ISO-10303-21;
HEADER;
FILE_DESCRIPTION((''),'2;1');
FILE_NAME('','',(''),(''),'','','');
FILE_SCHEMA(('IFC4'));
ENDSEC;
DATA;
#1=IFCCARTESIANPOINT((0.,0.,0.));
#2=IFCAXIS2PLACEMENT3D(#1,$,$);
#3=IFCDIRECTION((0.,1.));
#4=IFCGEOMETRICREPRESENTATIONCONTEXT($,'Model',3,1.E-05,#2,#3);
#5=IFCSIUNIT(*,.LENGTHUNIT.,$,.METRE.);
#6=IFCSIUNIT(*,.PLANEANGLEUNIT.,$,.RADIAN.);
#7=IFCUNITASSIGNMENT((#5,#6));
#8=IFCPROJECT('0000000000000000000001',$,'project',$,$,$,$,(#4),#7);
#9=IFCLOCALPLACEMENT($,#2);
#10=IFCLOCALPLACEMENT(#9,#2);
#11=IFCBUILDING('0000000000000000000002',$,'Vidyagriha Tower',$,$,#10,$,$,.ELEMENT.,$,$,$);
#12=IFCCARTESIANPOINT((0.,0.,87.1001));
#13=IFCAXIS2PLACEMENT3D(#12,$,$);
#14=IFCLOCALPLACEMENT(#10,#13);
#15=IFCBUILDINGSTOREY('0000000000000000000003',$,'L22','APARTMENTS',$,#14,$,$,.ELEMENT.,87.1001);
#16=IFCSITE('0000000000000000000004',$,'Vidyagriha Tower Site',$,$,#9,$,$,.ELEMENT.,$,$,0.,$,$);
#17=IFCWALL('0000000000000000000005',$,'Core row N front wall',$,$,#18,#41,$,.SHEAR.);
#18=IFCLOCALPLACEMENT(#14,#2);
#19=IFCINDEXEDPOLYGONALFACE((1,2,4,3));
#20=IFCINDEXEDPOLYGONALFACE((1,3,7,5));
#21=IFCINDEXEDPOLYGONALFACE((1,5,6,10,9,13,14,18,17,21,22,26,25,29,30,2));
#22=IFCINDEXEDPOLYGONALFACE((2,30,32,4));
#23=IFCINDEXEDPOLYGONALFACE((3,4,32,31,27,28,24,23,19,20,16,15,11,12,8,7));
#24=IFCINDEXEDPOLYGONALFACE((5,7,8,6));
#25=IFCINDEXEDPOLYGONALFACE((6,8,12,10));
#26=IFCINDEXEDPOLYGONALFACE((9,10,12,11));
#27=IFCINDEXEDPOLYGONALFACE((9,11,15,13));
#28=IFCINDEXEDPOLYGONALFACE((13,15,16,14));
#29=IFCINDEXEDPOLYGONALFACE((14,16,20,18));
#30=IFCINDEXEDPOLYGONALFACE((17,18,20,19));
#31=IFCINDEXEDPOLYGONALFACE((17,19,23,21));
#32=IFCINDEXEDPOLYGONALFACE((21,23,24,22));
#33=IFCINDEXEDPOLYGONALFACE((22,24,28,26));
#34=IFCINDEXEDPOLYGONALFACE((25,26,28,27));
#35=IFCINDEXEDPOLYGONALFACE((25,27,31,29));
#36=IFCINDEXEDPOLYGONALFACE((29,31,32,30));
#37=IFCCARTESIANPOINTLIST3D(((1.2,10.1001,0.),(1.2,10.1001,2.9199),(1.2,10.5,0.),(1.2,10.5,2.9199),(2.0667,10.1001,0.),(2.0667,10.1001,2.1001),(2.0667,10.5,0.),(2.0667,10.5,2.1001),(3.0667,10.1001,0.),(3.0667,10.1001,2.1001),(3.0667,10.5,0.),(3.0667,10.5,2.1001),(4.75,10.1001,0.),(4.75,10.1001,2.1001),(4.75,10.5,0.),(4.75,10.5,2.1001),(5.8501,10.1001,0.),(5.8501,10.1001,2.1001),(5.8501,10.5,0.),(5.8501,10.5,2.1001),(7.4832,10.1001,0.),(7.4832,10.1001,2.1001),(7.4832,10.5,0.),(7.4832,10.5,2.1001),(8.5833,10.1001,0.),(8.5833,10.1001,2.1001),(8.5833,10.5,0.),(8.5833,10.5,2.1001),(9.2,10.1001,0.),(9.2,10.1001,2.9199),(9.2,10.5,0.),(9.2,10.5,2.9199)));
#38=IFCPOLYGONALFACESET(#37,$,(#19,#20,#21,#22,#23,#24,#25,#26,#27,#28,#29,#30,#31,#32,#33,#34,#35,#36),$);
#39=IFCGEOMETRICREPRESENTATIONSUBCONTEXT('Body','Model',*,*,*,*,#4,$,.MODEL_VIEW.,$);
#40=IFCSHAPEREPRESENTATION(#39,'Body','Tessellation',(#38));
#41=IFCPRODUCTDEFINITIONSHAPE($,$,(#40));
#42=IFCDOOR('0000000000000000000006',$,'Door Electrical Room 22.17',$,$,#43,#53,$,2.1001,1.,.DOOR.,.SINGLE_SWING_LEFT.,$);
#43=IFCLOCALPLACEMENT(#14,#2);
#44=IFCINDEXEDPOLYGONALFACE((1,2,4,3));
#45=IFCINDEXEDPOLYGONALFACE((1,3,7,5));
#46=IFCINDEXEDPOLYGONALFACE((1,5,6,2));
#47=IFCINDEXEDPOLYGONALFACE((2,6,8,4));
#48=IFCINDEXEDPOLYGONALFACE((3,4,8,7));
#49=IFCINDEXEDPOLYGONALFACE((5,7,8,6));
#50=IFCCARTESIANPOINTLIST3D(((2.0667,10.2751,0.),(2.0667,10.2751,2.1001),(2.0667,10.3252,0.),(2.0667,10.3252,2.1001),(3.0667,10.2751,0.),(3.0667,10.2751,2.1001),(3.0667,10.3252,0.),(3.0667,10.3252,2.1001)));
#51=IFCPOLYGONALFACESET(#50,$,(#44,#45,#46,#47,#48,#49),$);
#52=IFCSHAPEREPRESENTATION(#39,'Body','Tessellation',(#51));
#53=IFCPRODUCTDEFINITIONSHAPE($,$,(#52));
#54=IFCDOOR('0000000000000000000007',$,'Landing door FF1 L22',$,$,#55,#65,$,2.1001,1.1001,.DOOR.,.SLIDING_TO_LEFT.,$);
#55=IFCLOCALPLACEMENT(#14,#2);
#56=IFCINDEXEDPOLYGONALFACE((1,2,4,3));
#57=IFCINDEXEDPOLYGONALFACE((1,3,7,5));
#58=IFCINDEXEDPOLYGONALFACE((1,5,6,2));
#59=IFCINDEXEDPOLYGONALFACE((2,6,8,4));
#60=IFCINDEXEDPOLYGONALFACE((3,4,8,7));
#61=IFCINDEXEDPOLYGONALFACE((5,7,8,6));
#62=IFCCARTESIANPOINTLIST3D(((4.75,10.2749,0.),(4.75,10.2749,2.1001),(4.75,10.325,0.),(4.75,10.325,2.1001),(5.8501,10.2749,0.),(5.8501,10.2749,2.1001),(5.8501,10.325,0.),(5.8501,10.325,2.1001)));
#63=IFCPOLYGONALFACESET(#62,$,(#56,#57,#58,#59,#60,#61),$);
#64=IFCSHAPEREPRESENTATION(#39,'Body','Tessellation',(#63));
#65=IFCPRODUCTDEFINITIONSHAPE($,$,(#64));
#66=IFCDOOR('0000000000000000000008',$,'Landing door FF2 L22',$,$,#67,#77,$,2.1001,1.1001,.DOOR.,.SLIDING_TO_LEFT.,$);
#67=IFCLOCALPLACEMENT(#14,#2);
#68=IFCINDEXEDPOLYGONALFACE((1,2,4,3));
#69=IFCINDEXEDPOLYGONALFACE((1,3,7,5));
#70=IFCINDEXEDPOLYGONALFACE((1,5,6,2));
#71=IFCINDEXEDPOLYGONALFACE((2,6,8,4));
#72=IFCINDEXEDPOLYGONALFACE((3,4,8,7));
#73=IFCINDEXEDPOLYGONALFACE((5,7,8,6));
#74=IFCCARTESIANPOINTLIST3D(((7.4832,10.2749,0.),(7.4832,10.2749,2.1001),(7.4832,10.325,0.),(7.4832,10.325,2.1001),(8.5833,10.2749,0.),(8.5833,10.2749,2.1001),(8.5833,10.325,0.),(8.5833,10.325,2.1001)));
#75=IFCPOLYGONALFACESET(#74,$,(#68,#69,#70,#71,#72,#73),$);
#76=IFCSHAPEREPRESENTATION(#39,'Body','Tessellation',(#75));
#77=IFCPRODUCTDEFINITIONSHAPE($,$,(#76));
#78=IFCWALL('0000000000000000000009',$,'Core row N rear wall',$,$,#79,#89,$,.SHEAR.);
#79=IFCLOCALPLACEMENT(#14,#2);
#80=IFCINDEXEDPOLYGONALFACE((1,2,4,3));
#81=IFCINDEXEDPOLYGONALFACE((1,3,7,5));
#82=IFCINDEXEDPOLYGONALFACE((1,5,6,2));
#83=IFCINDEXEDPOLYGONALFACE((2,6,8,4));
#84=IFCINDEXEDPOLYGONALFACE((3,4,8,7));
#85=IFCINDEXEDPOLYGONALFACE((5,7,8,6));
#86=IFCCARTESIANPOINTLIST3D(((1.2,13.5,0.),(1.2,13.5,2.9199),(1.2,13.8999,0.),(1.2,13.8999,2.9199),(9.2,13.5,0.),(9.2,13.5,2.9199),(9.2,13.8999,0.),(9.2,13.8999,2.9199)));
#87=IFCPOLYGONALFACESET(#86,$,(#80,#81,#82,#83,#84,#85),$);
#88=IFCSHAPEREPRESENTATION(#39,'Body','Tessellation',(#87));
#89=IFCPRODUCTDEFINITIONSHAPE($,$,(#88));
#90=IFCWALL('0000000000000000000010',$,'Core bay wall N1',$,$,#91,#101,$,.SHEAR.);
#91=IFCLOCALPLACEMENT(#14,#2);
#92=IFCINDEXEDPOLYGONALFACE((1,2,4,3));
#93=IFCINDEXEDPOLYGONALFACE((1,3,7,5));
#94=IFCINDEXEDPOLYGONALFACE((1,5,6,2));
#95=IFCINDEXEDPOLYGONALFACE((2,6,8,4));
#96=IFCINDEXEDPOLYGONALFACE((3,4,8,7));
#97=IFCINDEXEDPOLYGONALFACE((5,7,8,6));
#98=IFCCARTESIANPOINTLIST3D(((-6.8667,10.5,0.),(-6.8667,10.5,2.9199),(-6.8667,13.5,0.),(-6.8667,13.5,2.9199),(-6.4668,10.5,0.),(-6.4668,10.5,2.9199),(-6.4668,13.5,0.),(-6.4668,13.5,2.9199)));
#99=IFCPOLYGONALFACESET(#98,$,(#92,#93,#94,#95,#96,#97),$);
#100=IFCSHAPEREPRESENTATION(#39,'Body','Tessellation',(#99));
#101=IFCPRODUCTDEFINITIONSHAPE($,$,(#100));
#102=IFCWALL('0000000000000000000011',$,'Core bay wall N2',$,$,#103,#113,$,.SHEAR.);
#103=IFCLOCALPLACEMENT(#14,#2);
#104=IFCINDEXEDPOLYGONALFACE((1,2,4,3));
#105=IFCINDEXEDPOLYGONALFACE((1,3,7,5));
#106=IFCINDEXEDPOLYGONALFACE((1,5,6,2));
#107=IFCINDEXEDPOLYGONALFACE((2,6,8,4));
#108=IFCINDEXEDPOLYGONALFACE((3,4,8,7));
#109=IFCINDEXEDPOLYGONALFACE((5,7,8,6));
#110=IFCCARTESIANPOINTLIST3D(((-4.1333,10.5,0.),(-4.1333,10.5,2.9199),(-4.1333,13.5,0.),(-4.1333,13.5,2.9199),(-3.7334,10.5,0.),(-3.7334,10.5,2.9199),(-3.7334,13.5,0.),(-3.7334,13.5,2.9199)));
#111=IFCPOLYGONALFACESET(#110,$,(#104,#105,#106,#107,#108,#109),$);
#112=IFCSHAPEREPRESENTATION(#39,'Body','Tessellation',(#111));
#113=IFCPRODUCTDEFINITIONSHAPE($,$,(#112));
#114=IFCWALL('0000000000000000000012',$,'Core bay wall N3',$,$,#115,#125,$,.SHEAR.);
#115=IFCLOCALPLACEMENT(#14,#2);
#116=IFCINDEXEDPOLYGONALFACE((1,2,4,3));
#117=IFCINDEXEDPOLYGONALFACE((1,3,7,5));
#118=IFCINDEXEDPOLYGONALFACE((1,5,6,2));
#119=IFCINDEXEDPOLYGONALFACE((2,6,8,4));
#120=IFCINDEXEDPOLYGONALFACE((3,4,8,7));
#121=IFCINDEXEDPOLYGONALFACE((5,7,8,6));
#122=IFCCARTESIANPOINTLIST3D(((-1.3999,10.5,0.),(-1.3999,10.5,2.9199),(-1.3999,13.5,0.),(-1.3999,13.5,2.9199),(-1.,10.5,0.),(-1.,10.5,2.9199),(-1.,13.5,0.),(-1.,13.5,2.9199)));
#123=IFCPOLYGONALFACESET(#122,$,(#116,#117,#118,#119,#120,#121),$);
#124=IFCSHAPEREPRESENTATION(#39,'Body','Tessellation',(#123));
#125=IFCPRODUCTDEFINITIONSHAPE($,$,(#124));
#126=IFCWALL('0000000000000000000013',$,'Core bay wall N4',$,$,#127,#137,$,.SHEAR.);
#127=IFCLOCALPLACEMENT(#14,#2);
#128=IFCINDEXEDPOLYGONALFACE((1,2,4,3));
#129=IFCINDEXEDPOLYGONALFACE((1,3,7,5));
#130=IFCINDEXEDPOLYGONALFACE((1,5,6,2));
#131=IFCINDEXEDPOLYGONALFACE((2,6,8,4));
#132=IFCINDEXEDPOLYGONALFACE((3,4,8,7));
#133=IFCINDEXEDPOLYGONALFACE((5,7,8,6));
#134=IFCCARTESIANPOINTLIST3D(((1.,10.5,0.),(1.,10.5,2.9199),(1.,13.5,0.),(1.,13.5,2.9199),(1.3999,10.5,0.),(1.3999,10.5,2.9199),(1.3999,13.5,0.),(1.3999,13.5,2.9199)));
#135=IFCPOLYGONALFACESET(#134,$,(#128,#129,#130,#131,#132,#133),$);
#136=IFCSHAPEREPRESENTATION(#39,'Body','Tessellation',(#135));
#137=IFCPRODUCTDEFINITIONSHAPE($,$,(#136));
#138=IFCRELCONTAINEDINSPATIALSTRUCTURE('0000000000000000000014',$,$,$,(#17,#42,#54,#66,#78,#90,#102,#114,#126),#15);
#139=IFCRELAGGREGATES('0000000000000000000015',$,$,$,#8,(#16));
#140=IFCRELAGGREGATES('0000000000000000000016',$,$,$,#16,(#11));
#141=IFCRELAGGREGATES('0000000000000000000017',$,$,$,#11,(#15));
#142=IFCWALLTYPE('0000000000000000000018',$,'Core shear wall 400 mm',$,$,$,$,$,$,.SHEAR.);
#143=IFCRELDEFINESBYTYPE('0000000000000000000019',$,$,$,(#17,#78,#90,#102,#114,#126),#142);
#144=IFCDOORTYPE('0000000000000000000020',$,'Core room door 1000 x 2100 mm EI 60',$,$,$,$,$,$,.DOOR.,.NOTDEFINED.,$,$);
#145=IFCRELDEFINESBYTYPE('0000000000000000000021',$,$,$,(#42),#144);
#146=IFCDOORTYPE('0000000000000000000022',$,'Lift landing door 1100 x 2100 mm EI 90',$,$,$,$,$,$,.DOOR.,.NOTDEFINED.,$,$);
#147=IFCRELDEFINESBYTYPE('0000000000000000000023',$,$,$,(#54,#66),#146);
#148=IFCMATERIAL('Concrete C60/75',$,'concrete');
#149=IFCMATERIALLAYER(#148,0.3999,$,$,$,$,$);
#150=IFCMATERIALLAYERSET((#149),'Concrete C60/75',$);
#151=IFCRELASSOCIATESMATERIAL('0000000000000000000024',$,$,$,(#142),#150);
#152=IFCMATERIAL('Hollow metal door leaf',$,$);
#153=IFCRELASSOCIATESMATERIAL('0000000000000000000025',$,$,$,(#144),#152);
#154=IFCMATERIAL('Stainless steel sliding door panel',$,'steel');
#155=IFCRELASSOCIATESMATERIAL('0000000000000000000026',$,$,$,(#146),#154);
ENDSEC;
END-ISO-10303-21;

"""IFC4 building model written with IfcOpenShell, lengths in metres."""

from ifc_helpers import new_model, si_unit, direction, frame, frame_2d, origin, place, context, subcontext, project, spatial, rectangle, extrude, material, layer, layer_set, type_object, element, fill, save


model = new_model("IFC4")

# Units and contexts
model_context = context("Model", 3, precision=1e-05, world=origin(), true_north=direction((0.0, 1.0)))
body_context = subcontext(model_context, "Body", "Model", "MODEL_VIEW")
ifc_project = project(units=[si_unit("LENGTHUNIT", "METRE"), si_unit("PLANEANGLEUNIT", "RADIAN")], contexts=[model_context])

# Site, building, storey
site_placement = place(None, origin())
site = spatial("IfcSite", under=ifc_project, at=site_placement, Name="Vidyagriha Tower Site", CompositionType="ELEMENT", RefElevation=0.0)
building_placement = place(site_placement, origin())
building = spatial("IfcBuilding", under=site, at=building_placement, Name="Vidyagriha Tower", CompositionType="ELEMENT")
storey_placement = place(building_placement, frame((0.0, 0.0, 87.1001)))
storey = spatial("IfcBuildingStorey", under=building, at=storey_placement, Name="L22", Description="APARTMENTS", CompositionType="ELEMENT", Elevation=87.1001)

# Shared definitions
ifc_material_1 = material(Name="Concrete C60/75", Category="concrete")
ifc_layer_1 = layer(ifc_material_1, 0.3999)
ifc_layer_set_1 = layer_set([ifc_layer_1], Name="Concrete C60/75")
wall_type_1 = type_object("IfcWallType", Name="Core shear wall 400 mm", PredefinedType="SHEAR", material=ifc_layer_set_1)
ifc_material_2 = material(Name="Hollow metal door leaf")
door_type_1 = type_object("IfcDoorType", Name="Core room door 1000 x 2100 mm EI 60", OperationType="NOTDEFINED", PredefinedType="DOOR", material=ifc_material_2)

# Wall, openings, doors
wall_1_placement = place(storey_placement, frame((1.2, 10.3, 0.0)))
wall_1 = element("IfcWall", 1, at=wall_1_placement, inside=storey, type_object=wall_type_1, Name="Core row N front wall", PredefinedType="SHEAR", context=body_context, shape_type="SweptSolid", body=[
    extrude(rectangle(XDim=8.0, YDim=0.3999, at=frame_2d((4.0, 0.0))), origin(), (0.0, 0.0, 1.0), 2.9199),
])
opening_1_placement = place(wall_1_placement, frame((3.55, 0.0, 0.0)))
opening_1 = element("IfcOpeningElement", 2, at=opening_1_placement, cuts=wall_1, PredefinedType="OPENING", context=body_context, shape_type="SweptSolid", body=[
    extrude(rectangle(XDim=1.1001, YDim=2.1001, at=frame_2d((0.55, 1.05))), frame((0.0, 0.21, 0.0), z_axis=(0.0, -1.0, 0.0), x_axis=(1.0, 0.0, 0.0)), (0.0, 0.0, 1.0), 0.4199),
])
opening_2_placement = place(wall_1_placement, frame((6.2832, 0.0, 0.0)))
opening_2 = element("IfcOpeningElement", 3, at=opening_2_placement, cuts=wall_1, PredefinedType="OPENING", context=body_context, shape_type="SweptSolid", body=[
    extrude(rectangle(XDim=1.1001, YDim=2.1001, at=frame_2d((0.55, 1.05))), frame((0.0, 0.21, 0.0), z_axis=(0.0, -1.0, 0.0), x_axis=(1.0, 0.0, 0.0)), (0.0, 0.0, 1.0), 0.4199),
])
opening_3_placement = place(wall_1_placement, frame((0.8667, 0.0, 0.0)))
opening_3 = element("IfcOpeningElement", 4, at=opening_3_placement, cuts=wall_1, PredefinedType="OPENING", context=body_context, shape_type="SweptSolid", body=[
    extrude(rectangle(XDim=1.0, YDim=2.1001, at=frame_2d((0.5, 1.05))), frame((0.0, 0.21, 0.0), z_axis=(0.0, -1.0, 0.0), x_axis=(1.0, 0.0, 0.0)), (0.0, 0.0, 1.0), 0.4199),
])
door_1_placement = place(opening_3_placement, frame((1.0, 0.0, 0.0), z_axis=(0.0, 0.0, 1.0), x_axis=(-1.0, 0.0, 0.0)))
door_1 = element("IfcDoor", 5, at=door_1_placement, inside=storey, type_object=door_type_1, Name="Door Electrical Room 22.17", OperationType="SINGLE_SWING_LEFT", OverallHeight=2.1001, OverallWidth=1.0, PredefinedType="DOOR", context=body_context, shape_type="SweptSolid", body=[
    extrude(rectangle(XDim=1.0, YDim=2.1001, at=frame_2d((0.5, 1.05))), frame((0.0, 0.0249, 0.0), z_axis=(0.0, -1.0, 0.0), x_axis=(1.0, 0.0, 0.0)), (0.0, 0.0, 1.0), 0.05),
])
fill(opening_3, door_1)
ifc_material_3 = material(Name="Stainless steel sliding door panel", Category="steel")
door_type_2 = type_object("IfcDoorType", Name="Lift landing door 1100 x 2100 mm EI 90", OperationType="NOTDEFINED", PredefinedType="DOOR", material=ifc_material_3)
door_2_placement = place(opening_1_placement, origin())
door_2 = element("IfcDoor", 6, at=door_2_placement, inside=storey, type_object=door_type_2, Name="Landing door FF1 L22", OperationType="SLIDING_TO_LEFT", OverallHeight=2.1001, OverallWidth=1.1001, PredefinedType="DOOR", context=body_context, shape_type="SweptSolid", body=[
    extrude(rectangle(XDim=1.1001, YDim=2.1001, at=frame_2d((0.55, 1.05))), frame((0.0, 0.0249, 0.0), z_axis=(0.0, -1.0, 0.0), x_axis=(1.0, 0.0, 0.0)), (0.0, 0.0, 1.0), 0.05),
])
fill(opening_1, door_2)
door_3_placement = place(opening_2_placement, origin())
door_3 = element("IfcDoor", 7, at=door_3_placement, inside=storey, type_object=door_type_2, Name="Landing door FF2 L22", OperationType="SLIDING_TO_LEFT", OverallHeight=2.1001, OverallWidth=1.1001, PredefinedType="DOOR", context=body_context, shape_type="SweptSolid", body=[
    extrude(rectangle(XDim=1.1001, YDim=2.1001, at=frame_2d((0.55, 1.05))), frame((0.0, 0.0249, 0.0), z_axis=(0.0, -1.0, 0.0), x_axis=(1.0, 0.0, 0.0)), (0.0, 0.0, 1.0), 0.05),
])
fill(opening_2, door_3)

# Walls
wall_2_placement = place(storey_placement, frame((1.2, 13.7, 0.0)))
element("IfcWall", 8, at=wall_2_placement, inside=storey, type_object=wall_type_1, Name="Core row N rear wall", PredefinedType="SHEAR", context=body_context, shape_type="SweptSolid", body=[
    extrude(rectangle(XDim=8.0, YDim=0.3999, at=frame_2d((4.0, 0.0))), origin(), (0.0, 0.0, 1.0), 2.9199),
])
for number, where, z_axis, x_axis, name in (
    (9, (-6.6667, 10.5, 0.0), (0.0, 0.0, 1.0), (0.0, 1.0, 0.0), "Core bay wall N1"),
    (10, (-3.9333, 10.5, 0.0), (0.0, 0.0, 1.0), (0.0, 1.0, 0.0), "Core bay wall N2"),
    (11, (-1.2, 10.5, 0.0), (0.0, 0.0, 1.0), (0.0, 1.0, 0.0), "Core bay wall N3"),
    (12, (1.2, 10.5, 0.0), (0.0, 0.0, 1.0), (0.0, 1.0, 0.0), "Core bay wall N4"),
):
    element("IfcWall", number, at=place(storey_placement, frame(where, z_axis=z_axis, x_axis=x_axis)), inside=storey, type_object=wall_type_1, Name=name, PredefinedType="SHEAR", context=body_context, shape_type="SweptSolid", body=[
        extrude(rectangle(XDim=3.0, YDim=0.3999, at=frame_2d((1.5, 0.0))), origin(), (0.0, 0.0, 1.0), 2.9199),
    ])

save(model, "model.ifc")
